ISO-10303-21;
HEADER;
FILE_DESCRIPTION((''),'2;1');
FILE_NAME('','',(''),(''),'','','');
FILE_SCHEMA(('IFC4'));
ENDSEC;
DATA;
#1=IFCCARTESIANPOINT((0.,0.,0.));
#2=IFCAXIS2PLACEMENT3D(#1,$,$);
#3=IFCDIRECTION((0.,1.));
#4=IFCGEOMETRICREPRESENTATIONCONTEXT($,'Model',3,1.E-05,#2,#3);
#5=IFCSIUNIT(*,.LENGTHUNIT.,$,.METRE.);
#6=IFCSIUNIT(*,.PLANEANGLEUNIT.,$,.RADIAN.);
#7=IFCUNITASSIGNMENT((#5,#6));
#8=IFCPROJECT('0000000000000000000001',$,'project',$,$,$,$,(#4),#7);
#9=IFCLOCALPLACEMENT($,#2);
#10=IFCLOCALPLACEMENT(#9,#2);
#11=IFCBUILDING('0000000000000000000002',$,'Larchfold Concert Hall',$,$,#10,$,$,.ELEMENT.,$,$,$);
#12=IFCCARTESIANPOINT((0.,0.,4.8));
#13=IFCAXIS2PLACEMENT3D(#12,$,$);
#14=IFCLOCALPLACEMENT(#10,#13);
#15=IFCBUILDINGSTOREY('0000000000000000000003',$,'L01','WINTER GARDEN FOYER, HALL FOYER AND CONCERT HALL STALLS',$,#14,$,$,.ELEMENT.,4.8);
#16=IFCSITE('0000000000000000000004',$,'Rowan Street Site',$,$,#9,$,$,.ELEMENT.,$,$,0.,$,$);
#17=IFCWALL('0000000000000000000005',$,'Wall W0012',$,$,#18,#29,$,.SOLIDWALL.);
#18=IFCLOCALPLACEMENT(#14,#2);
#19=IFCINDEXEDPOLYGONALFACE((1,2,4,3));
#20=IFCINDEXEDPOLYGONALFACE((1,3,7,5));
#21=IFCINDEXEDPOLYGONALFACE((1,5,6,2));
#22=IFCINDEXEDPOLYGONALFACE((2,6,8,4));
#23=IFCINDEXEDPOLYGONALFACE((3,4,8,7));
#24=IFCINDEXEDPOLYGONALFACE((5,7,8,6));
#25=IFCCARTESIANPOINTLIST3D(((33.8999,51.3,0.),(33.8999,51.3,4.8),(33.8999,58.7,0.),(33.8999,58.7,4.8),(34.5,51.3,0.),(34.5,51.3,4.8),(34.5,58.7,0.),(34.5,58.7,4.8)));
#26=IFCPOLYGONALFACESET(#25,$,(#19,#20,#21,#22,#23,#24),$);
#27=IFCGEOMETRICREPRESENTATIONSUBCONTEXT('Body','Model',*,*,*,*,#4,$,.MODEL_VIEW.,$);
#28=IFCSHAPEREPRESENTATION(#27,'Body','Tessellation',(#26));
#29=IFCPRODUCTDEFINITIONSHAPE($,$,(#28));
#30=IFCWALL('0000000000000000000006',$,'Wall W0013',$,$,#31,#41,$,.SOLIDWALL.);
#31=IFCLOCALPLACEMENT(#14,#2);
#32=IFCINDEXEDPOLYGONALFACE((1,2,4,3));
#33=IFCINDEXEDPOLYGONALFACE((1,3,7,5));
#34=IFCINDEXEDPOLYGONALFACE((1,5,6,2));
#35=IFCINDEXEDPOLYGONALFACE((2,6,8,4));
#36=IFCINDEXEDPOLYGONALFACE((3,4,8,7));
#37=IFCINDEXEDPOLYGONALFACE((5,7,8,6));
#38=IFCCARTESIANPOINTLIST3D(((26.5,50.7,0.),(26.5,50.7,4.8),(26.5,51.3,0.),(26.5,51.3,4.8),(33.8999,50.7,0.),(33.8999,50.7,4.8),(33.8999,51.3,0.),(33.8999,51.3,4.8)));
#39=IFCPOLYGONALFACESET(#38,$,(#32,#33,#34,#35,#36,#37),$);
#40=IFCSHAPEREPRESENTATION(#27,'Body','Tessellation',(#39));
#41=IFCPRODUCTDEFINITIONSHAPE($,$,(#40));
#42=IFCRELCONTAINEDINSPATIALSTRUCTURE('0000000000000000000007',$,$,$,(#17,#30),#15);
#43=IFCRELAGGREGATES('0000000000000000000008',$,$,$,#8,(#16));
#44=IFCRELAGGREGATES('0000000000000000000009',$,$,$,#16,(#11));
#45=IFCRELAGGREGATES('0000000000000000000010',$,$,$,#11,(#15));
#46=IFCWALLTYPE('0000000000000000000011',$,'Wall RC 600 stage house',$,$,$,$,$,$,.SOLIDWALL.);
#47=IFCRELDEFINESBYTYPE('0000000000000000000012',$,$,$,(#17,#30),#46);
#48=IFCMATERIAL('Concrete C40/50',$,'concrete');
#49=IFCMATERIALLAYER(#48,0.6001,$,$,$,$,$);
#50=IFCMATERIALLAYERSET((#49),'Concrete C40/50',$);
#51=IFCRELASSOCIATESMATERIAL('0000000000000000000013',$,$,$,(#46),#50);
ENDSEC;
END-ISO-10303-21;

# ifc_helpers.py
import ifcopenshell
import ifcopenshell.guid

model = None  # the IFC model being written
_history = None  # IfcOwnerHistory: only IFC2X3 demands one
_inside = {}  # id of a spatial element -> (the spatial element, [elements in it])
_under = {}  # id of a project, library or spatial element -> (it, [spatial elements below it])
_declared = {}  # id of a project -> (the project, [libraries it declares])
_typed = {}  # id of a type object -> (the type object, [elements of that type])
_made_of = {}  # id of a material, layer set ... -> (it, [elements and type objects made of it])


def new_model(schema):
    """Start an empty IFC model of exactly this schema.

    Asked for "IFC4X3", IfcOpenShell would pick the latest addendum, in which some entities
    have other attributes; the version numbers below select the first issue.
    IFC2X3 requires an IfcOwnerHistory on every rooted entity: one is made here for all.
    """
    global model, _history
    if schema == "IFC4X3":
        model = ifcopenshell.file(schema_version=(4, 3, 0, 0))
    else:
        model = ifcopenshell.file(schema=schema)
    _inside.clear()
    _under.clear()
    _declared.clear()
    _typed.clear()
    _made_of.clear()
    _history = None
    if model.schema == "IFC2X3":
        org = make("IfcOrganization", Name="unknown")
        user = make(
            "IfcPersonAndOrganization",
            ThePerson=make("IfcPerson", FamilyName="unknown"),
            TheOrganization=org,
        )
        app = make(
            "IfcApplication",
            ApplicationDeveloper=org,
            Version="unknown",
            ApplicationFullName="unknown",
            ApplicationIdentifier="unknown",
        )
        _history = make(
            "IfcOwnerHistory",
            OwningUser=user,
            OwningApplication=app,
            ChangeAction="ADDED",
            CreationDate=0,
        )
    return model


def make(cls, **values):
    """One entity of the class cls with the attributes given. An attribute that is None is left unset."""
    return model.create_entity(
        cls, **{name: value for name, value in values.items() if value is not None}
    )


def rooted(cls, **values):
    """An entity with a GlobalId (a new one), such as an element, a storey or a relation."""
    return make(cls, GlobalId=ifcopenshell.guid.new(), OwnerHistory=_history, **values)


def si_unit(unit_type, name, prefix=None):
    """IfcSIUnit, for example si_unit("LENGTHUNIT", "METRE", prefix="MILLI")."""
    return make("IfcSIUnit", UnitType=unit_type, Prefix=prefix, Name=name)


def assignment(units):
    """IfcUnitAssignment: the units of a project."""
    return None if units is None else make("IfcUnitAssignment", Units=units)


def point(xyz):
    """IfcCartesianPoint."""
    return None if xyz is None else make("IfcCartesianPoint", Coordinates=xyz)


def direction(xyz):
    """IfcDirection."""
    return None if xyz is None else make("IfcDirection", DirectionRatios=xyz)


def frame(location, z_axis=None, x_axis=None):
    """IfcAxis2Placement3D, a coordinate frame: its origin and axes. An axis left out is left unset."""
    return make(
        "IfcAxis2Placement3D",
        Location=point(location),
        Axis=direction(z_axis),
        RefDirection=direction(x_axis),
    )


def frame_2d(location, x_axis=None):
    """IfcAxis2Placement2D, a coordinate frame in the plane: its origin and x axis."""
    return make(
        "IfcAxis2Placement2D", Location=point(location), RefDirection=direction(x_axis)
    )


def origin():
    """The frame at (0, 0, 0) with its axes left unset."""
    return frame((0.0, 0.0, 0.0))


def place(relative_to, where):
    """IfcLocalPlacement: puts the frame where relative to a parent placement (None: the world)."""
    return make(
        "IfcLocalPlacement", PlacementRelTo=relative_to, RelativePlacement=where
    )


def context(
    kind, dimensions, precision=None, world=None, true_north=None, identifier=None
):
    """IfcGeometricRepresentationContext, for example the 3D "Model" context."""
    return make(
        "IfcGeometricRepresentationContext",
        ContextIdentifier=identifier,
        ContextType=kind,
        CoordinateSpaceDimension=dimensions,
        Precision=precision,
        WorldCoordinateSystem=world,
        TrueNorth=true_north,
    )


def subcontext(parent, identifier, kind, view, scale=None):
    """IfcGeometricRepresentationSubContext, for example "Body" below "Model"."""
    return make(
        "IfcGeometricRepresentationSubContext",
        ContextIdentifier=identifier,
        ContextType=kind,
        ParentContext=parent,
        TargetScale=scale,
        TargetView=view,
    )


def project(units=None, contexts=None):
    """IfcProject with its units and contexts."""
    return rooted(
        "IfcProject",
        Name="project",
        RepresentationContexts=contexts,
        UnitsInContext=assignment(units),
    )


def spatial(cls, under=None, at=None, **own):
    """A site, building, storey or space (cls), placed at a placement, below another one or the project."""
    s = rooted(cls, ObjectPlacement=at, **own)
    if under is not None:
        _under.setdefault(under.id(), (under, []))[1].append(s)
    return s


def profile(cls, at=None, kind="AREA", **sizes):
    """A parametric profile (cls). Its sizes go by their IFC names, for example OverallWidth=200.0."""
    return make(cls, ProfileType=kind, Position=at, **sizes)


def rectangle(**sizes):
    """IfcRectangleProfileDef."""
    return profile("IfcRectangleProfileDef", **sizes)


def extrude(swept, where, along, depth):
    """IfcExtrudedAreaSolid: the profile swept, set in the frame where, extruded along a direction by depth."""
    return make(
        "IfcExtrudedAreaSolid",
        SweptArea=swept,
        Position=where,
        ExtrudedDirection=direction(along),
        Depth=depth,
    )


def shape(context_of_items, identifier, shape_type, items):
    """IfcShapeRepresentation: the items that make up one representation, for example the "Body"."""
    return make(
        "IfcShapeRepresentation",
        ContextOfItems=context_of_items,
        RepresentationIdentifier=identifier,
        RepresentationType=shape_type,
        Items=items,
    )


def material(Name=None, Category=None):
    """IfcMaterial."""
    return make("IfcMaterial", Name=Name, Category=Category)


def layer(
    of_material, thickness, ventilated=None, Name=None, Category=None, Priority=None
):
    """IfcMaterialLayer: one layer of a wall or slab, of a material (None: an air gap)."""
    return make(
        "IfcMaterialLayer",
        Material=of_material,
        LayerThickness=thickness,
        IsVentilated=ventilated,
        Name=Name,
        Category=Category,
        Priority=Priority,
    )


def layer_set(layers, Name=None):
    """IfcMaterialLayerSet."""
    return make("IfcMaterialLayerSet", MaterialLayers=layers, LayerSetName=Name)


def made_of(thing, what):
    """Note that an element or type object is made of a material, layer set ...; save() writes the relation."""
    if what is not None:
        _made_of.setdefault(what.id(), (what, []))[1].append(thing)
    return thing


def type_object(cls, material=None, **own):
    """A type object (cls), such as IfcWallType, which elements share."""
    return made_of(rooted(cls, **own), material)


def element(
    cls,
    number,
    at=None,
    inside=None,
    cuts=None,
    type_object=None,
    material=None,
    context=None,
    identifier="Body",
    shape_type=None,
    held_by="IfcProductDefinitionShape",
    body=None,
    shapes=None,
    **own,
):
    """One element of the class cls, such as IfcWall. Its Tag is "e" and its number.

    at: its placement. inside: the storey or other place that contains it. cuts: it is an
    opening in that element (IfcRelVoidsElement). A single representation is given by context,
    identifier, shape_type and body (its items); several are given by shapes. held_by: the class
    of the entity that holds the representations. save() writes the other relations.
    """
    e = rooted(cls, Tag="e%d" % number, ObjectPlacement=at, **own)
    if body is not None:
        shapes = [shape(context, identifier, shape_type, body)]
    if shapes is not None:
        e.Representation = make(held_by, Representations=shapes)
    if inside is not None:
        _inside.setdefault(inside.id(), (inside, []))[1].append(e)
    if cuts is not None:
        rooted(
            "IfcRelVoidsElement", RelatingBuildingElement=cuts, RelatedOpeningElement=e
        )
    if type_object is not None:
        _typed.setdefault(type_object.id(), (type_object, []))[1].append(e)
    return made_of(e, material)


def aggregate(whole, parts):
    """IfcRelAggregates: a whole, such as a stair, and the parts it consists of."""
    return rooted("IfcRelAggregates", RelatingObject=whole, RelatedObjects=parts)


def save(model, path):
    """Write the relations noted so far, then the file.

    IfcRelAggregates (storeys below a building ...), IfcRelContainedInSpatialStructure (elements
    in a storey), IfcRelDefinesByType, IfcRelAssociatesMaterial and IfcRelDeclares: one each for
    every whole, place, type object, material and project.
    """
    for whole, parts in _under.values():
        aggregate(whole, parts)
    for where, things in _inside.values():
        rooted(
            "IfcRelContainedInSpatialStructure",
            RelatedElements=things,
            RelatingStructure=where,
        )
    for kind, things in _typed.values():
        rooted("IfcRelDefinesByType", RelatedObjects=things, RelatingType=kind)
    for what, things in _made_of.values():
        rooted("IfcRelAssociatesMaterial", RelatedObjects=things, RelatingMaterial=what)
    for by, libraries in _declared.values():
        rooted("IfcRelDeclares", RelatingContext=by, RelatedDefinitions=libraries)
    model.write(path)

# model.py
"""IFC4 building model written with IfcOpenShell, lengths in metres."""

from ifc_helpers import new_model, si_unit, direction, frame, frame_2d, origin, place, context, subcontext, project, spatial, rectangle, extrude, material, layer, layer_set, type_object, element, save


model = new_model("IFC4")

# Units and contexts
model_context = context("Model", 3, precision=1e-05, world=origin(), true_north=direction((0.0, 1.0)))
body_context = subcontext(model_context, "Body", "Model", "MODEL_VIEW")
ifc_project = project(units=[si_unit("LENGTHUNIT", "METRE"), si_unit("PLANEANGLEUNIT", "RADIAN")], contexts=[model_context])

# Site, building, storey
site_placement = place(None, origin())
site = spatial("IfcSite", under=ifc_project, at=site_placement, Name="Rowan Street Site", CompositionType="ELEMENT", RefElevation=0.0)
building_placement = place(site_placement, origin())
building = spatial("IfcBuilding", under=site, at=building_placement, Name="Larchfold Concert Hall", CompositionType="ELEMENT")
storey_placement = place(building_placement, frame((0.0, 0.0, 4.8)))
storey = spatial("IfcBuildingStorey", under=building, at=storey_placement, Name="L01", Description="WINTER GARDEN FOYER, HALL FOYER AND CONCERT HALL STALLS", CompositionType="ELEMENT", Elevation=4.8)

# Walls
ifc_material_1 = material(Name="Concrete C40/50", Category="concrete")
ifc_layer_1 = layer(ifc_material_1, 0.6001)
ifc_layer_set_1 = layer_set([ifc_layer_1], Name="Concrete C40/50")
wall_type_1 = type_object("IfcWallType", Name="Wall RC 600 stage house", PredefinedType="SOLIDWALL", material=ifc_layer_set_1)
for number, where, z_axis, x_axis, name in (
    (1, (34.2, 58.7, 0.0), (0.0, 0.0, 1.0), (0.0, -1.0, 0.0), "Wall W0012"),
    (2, (33.8999, 51.0, 0.0), (0.0, 0.0, 1.0), (-1.0, 0.0, 0.0), "Wall W0013"),
):
    element("IfcWall", number, at=place(storey_placement, frame(where, z_axis=z_axis, x_axis=x_axis)), inside=storey, type_object=wall_type_1, Name=name, PredefinedType="SOLIDWALL", context=body_context, shape_type="SweptSolid", body=[
        extrude(rectangle(XDim=7.3999, YDim=0.6001, at=frame_2d((3.7, 0.0))), origin(), (0.0, 0.0, 1.0), 4.8),
    ])

save(model, "model.ifc")
